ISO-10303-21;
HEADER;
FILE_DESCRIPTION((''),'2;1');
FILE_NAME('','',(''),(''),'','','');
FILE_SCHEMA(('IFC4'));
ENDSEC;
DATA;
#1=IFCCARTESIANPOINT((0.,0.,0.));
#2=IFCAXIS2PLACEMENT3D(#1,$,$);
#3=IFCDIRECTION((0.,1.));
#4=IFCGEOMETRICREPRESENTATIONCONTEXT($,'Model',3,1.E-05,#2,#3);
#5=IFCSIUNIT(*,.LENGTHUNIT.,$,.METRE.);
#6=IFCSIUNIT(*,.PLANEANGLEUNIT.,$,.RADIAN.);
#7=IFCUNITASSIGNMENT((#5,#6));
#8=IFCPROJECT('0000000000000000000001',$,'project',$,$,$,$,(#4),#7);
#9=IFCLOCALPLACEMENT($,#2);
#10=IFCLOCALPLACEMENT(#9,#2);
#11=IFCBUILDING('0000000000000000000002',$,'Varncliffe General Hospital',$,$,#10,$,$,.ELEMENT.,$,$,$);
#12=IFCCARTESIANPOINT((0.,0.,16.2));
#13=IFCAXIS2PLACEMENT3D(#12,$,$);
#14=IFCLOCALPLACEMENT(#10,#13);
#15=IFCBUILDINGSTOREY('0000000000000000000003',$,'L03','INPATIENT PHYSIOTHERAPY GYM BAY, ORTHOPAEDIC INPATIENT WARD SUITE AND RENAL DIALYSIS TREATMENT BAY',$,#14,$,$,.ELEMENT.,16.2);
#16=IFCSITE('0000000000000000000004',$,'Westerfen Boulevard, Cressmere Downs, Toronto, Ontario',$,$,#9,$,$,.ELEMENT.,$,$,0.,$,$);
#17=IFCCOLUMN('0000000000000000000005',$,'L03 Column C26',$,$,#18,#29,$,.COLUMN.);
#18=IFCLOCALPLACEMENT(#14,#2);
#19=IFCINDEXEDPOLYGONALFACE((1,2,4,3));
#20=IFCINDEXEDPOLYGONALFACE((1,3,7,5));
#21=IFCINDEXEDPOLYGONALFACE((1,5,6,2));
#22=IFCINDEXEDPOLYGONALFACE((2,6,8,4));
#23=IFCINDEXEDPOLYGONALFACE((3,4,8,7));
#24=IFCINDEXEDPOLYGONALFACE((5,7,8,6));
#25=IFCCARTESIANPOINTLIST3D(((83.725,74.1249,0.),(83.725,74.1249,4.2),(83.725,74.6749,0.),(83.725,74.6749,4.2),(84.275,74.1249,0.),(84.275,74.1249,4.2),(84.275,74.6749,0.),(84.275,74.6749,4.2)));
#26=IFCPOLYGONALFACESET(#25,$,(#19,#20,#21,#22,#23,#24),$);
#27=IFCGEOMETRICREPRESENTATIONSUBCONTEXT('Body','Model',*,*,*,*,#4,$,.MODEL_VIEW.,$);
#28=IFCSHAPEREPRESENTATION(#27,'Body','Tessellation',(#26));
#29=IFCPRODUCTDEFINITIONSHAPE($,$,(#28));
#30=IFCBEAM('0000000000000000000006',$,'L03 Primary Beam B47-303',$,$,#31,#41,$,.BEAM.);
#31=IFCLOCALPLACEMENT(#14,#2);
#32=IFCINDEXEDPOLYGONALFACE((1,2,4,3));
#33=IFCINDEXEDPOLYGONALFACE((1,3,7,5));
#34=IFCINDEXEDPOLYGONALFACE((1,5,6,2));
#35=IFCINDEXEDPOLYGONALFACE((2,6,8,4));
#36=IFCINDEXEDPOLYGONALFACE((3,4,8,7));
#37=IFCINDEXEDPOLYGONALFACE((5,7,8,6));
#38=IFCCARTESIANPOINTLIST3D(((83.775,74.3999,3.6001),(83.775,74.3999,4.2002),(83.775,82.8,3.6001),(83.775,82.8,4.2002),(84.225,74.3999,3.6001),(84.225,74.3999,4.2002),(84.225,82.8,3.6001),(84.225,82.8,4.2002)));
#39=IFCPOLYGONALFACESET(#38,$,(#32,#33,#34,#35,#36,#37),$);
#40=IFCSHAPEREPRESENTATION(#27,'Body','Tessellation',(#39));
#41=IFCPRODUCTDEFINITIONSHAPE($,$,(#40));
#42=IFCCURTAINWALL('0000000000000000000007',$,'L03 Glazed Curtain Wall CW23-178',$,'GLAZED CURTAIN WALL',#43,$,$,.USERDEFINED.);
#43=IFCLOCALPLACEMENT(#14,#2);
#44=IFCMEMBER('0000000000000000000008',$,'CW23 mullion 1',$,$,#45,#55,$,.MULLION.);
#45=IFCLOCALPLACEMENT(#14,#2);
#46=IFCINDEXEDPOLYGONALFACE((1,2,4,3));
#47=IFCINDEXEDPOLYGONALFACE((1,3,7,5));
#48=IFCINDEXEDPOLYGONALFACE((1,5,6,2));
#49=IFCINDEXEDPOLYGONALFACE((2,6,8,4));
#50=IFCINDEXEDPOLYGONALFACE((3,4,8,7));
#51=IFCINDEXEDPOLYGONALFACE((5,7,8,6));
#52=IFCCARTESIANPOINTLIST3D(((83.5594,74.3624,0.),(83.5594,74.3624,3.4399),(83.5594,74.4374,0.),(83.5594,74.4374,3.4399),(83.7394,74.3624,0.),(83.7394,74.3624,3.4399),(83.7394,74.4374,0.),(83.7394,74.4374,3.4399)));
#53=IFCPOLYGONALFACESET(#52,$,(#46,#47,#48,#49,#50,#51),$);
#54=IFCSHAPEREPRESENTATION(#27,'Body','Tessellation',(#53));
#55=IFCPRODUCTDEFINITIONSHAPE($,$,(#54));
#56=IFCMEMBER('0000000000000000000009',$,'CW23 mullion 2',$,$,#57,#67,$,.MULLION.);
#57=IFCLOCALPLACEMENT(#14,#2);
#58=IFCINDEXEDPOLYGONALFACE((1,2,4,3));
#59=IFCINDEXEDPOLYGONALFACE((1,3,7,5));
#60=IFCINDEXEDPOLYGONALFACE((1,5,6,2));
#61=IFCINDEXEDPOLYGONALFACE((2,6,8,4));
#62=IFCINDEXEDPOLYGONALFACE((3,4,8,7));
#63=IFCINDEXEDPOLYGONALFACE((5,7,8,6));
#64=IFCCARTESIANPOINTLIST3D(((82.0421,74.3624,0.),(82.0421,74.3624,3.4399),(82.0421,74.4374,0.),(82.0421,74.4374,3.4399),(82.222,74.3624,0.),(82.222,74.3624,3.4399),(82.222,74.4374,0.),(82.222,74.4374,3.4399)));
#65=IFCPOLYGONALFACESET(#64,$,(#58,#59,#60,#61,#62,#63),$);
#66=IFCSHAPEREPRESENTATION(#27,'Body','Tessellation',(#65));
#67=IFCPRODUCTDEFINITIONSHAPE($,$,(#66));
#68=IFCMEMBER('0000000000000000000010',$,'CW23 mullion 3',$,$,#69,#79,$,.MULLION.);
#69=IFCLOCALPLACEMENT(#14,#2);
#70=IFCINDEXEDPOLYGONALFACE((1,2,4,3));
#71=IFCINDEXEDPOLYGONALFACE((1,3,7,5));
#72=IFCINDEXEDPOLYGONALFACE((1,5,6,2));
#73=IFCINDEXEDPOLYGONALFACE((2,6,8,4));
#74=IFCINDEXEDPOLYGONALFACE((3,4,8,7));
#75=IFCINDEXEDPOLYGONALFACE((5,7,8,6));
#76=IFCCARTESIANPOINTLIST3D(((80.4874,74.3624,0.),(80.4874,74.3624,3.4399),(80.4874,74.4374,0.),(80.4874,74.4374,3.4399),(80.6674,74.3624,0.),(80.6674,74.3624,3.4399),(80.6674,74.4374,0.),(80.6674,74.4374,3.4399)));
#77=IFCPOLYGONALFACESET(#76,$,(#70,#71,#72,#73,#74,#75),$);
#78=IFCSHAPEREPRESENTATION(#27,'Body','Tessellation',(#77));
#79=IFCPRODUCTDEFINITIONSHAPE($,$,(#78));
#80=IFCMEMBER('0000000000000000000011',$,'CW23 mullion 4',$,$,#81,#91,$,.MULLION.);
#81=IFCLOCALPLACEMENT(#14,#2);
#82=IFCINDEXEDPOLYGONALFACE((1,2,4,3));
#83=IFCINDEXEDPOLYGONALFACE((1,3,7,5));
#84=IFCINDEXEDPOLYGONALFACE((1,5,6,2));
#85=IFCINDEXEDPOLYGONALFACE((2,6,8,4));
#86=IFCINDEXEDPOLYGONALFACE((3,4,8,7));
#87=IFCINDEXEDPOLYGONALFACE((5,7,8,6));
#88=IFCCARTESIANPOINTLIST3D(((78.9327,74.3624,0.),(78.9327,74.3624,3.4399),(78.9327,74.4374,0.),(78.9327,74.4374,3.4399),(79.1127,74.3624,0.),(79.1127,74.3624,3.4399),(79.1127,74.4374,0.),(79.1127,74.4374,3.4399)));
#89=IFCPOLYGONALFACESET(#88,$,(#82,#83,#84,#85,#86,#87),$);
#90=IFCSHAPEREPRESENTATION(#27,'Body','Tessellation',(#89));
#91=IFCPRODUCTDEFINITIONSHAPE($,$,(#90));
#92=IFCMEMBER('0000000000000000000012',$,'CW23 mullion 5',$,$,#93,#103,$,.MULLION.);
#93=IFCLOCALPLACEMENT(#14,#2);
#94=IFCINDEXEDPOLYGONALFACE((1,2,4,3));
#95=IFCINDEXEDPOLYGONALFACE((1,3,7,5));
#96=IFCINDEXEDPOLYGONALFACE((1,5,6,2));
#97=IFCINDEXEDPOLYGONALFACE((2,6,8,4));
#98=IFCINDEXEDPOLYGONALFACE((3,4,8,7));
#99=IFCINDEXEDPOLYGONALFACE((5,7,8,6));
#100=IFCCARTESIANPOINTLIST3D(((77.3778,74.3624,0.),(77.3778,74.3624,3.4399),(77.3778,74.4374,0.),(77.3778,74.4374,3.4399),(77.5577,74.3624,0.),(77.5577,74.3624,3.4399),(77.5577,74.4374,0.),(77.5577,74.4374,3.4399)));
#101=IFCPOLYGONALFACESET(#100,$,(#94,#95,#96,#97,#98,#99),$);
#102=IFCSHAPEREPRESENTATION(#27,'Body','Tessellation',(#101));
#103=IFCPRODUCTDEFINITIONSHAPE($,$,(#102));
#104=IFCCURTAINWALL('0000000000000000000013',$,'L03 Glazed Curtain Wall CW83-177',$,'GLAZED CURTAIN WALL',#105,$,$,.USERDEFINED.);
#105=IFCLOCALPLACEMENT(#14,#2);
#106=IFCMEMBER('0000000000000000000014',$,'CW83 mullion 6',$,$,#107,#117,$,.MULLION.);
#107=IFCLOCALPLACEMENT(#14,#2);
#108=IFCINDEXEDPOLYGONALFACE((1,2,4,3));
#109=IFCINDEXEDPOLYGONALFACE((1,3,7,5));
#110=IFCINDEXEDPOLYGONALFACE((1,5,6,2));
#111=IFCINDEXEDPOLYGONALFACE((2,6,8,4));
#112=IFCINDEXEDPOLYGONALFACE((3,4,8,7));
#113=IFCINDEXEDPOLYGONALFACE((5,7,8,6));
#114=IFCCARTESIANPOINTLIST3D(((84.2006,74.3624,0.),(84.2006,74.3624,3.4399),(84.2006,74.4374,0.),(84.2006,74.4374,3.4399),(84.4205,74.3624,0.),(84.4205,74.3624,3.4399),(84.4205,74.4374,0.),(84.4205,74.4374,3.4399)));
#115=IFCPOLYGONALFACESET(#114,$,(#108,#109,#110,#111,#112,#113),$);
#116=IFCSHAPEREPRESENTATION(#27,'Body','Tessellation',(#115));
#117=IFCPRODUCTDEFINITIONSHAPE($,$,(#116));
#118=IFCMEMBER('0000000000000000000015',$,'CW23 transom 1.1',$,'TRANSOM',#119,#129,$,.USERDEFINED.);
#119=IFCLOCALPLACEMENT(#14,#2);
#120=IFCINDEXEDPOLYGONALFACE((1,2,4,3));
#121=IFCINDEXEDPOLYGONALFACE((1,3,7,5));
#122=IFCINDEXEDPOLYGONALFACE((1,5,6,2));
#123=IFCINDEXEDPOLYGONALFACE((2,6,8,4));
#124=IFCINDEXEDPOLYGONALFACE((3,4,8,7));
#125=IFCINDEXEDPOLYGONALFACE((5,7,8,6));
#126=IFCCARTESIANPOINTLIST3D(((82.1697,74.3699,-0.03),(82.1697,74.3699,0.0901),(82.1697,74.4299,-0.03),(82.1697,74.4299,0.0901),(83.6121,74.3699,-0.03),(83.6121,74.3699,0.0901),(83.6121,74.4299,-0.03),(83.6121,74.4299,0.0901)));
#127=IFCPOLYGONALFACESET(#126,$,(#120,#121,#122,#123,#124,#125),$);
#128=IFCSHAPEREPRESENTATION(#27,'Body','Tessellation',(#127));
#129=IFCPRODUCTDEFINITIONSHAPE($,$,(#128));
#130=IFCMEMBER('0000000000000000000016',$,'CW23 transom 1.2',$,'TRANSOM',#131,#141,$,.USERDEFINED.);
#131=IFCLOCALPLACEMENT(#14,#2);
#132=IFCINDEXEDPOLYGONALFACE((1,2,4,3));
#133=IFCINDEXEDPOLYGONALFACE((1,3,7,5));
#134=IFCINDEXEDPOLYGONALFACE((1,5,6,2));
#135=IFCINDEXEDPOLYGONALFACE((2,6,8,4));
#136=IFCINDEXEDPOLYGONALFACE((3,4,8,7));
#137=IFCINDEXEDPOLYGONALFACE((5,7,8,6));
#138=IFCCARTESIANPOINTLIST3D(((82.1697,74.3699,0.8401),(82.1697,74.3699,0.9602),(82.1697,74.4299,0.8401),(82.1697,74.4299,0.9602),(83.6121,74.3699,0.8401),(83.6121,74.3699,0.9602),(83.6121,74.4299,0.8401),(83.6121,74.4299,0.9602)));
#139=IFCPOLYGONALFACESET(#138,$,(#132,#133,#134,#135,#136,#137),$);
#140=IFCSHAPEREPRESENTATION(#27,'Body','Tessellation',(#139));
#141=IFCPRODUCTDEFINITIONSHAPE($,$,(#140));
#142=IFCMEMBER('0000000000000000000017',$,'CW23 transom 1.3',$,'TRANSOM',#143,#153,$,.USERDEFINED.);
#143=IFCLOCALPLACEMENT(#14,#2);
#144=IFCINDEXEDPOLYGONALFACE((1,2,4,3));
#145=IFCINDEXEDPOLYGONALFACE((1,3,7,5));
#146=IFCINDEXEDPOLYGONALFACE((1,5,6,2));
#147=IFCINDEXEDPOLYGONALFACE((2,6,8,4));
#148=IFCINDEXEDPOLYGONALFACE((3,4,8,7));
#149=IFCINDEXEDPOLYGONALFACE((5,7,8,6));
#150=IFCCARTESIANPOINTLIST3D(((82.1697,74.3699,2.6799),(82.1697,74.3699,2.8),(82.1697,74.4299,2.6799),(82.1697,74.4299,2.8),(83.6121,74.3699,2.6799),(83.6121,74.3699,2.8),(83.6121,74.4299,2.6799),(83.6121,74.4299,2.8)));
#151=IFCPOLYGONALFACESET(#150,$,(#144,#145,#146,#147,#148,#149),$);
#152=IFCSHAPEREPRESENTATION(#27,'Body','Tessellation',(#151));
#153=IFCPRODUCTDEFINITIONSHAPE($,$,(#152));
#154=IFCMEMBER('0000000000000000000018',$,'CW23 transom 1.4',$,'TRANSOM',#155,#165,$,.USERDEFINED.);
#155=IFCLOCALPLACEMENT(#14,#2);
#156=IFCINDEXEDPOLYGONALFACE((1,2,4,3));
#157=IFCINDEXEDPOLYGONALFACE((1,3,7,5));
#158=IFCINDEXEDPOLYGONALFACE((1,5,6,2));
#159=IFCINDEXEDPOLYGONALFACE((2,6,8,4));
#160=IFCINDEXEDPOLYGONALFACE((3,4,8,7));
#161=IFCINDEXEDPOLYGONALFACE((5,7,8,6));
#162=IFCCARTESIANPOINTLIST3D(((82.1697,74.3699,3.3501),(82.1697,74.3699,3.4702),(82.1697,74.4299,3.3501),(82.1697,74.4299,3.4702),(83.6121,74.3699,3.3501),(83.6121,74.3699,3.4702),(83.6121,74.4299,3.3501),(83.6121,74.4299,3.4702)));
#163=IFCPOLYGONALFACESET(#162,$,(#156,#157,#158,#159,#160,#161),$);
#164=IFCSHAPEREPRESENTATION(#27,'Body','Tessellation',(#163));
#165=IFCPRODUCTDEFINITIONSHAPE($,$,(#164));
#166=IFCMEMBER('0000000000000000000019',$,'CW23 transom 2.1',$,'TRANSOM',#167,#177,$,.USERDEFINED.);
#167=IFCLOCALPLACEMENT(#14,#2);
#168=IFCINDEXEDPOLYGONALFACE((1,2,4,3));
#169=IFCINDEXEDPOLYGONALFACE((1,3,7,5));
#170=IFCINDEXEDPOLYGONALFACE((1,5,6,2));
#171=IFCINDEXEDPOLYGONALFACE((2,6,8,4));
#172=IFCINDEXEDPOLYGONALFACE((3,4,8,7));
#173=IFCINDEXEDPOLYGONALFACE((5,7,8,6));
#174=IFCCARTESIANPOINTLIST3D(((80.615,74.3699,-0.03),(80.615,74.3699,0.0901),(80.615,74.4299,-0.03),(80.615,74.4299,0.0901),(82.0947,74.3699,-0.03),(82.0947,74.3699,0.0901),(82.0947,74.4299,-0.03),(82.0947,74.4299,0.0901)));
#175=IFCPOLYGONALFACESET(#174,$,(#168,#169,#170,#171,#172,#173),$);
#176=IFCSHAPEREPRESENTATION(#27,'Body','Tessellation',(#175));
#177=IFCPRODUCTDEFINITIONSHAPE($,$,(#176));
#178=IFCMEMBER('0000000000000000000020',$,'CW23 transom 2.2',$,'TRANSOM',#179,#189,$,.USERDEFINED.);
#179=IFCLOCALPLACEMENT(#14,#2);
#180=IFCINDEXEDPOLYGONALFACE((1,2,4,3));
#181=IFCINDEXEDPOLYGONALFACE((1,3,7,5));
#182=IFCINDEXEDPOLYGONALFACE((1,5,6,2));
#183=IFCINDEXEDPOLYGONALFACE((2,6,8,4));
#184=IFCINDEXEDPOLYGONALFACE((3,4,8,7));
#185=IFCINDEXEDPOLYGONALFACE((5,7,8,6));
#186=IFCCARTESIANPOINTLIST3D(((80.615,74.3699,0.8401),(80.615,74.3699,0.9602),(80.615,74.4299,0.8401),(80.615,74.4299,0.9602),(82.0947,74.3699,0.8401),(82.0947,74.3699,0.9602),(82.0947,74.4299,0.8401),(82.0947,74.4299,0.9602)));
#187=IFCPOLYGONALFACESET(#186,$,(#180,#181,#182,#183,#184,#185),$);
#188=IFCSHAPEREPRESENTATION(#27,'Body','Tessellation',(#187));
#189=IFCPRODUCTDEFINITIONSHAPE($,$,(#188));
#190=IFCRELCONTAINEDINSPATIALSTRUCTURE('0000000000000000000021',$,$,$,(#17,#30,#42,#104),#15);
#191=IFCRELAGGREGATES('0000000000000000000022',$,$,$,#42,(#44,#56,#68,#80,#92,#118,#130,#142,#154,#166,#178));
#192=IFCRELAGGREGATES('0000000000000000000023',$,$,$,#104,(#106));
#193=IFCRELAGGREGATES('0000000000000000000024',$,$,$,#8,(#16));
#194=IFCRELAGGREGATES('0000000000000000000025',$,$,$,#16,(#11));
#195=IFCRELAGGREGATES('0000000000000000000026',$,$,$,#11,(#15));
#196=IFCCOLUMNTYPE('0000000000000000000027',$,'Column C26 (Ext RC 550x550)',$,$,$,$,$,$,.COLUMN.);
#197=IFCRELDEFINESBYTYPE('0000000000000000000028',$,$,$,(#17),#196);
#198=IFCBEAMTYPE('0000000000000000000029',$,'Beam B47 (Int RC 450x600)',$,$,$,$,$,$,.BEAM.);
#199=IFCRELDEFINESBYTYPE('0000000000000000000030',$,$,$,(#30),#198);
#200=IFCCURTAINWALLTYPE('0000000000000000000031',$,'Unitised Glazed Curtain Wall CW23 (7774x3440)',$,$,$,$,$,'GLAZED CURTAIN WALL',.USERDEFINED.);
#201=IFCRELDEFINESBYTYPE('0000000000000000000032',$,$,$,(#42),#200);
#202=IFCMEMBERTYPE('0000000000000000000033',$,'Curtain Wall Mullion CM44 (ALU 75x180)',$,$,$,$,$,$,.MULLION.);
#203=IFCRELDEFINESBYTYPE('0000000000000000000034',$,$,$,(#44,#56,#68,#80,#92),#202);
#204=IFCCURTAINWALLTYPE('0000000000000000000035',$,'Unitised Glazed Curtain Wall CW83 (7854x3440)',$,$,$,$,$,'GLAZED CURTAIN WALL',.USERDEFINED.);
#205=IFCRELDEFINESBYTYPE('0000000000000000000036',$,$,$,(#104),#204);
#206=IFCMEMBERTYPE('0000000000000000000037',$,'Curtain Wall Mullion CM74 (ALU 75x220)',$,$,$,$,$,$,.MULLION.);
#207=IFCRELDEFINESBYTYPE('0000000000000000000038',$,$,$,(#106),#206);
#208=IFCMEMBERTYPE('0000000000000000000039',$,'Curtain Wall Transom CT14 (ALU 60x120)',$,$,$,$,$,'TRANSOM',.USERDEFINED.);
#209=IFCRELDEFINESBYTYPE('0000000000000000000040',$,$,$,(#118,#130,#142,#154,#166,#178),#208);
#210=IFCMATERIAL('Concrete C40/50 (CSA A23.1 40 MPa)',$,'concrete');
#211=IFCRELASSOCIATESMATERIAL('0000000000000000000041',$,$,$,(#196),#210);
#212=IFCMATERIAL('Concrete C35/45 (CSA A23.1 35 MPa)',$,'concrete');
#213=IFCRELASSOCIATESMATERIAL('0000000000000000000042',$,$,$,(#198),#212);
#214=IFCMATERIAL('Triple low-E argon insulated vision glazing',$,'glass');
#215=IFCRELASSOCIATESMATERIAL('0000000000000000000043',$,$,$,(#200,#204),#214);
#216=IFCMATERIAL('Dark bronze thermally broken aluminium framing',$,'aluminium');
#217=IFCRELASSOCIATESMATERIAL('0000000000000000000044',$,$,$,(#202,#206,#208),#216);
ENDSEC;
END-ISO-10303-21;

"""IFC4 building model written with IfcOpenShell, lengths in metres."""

from ifc_helpers import new_model, si_unit, direction, frame, origin, origin_2d, place, context, subcontext, project, spatial, rectangle, extrude, material, material_profile, profile_set, type_object, element, aggregate, save


model = new_model("IFC4")

# Units and contexts
model_context = context("Model", 3, precision=1e-05, world=origin(), true_north=direction((0.0, 1.0)))
body_context = subcontext(model_context, "Body", "Model", "MODEL_VIEW")
ifc_project = project(units=[si_unit("LENGTHUNIT", "METRE"), si_unit("PLANEANGLEUNIT", "RADIAN")], contexts=[model_context])

# Site, building, storey
site_placement = place(None, origin())
site = spatial("IfcSite", under=ifc_project, at=site_placement, Name="Westerfen Boulevard, Cressmere Downs, Toronto, Ontario", CompositionType="ELEMENT", RefElevation=0.0)
building_placement = place(site_placement, origin())
building = spatial("IfcBuilding", under=site, at=building_placement, Name="Varncliffe General Hospital", CompositionType="ELEMENT")
storey_placement = place(building_placement, frame((0.0, 0.0, 16.2)))
storey = spatial("IfcBuildingStorey", under=building, at=storey_placement, Name="L03", Description="INPATIENT PHYSIOTHERAPY GYM BAY, ORTHOPAEDIC INPATIENT WARD SUITE AND RENAL DIALYSIS TREATMENT BAY", CompositionType="ELEMENT", Elevation=16.2)

# Column
ifc_material_1 = material(Name="Concrete C40/50 (CSA A23.1 40 MPa)", Category="concrete")
ifc_material_profile_1 = material_profile(ifc_material_1, rectangle(XDim=0.55, YDim=0.55, at=origin_2d()), Name="RC 550x550")
ifc_profile_set_1 = profile_set([ifc_material_profile_1], Name="Concrete C40/50 (CSA A23.1 40 MPa)")
column_type = type_object("IfcColumnType", Name="Column C26 (Ext RC 550x550)", PredefinedType="COLUMN", material=ifc_profile_set_1)
column_placement = place(storey_placement, frame((84.0, 74.3999, 0.0), z_axis=(0.0, 0.0, 1.0), x_axis=(1.0, 0.0, 0.0)))
element("IfcColumn", 1, at=column_placement, inside=storey, type_object=column_type, Name="L03 Column C26", PredefinedType="COLUMN", context=body_context, shape_type="SweptSolid", body=[
    extrude(rectangle(XDim=0.55, YDim=0.55, at=origin_2d()), origin(), (0.0, 0.0, 1.0), 4.2),
])

# Beam
ifc_material_2 = material(Name="Concrete C35/45 (CSA A23.1 35 MPa)", Category="concrete")
ifc_material_profile_2 = material_profile(ifc_material_2, rectangle(XDim=0.45, YDim=0.6001, at=origin_2d()), Name="RC 450x600")
ifc_profile_set_2 = profile_set([ifc_material_profile_2], Name="Concrete C35/45 (CSA A23.1 35 MPa)")
beam_type_1 = type_object("IfcBeamType", Name="Beam B47 (Int RC 450x600)", PredefinedType="BEAM", material=ifc_profile_set_2)
beam_1_placement = place(storey_placement, frame((84.0, 74.3999, 3.9001), z_axis=(0.0, 1.0, 0.0), x_axis=(-1.0, 0.0, 0.0)))
element("IfcBeam", 2, at=beam_1_placement, inside=storey, type_object=beam_type_1, Name="L03 Primary Beam B47-303", PredefinedType="BEAM", context=body_context, shape_type="SweptSolid", body=[
    extrude(rectangle(XDim=0.45, YDim=0.6001, at=origin_2d()), origin(), (0.0, 0.0, 1.0), 8.4001),
])

# Curtain wall, members
ifc_material_3 = material(Name="Triple low-E argon insulated vision glazing", Category="glass")
curtain_wall_type_1 = type_object("IfcCurtainWallType", Name="Unitised Glazed Curtain Wall CW23 (7774x3440)", ElementType="GLAZED CURTAIN WALL", PredefinedType="USERDEFINED", material=ifc_material_3)
curtain_wall_1_placement = place(storey_placement, origin())
curtain_wall_1 = element("IfcCurtainWall", 3, at=curtain_wall_1_placement, inside=storey, type_object=curtain_wall_type_1, Name="L03 Glazed Curtain Wall CW23-178", ObjectType="GLAZED CURTAIN WALL", PredefinedType="USERDEFINED")
ifc_material_4 = material(Name="Dark bronze thermally broken aluminium framing", Category="aluminium")
ifc_material_profile_3 = material_profile(ifc_material_4, rectangle(XDim=0.075, YDim=0.1799, at=origin_2d()), Name="ALU 75x180")
ifc_profile_set_3 = profile_set([ifc_material_profile_3], Name="Dark bronze thermally broken aluminium framing")
member_type_1 = type_object("IfcMemberType", Name="Curtain Wall Mullion CM44 (ALU 75x180)", PredefinedType="MULLION", material=ifc_profile_set_3)
member_1_placement = place(storey_placement, frame((83.6494, 74.3999, 0.0), z_axis=(0.0, 0.0, 1.0), x_axis=(0.0, -1.0, 0.0)))
member_1 = element("IfcMember", 4, at=member_1_placement, type_object=member_type_1, Name="CW23 mullion 1", PredefinedType="MULLION", context=body_context, shape_type="SweptSolid", body=[
    extrude(rectangle(XDim=0.075, YDim=0.1799, at=origin_2d()), origin(), (0.0, 0.0, 1.0), 3.4399),
])
member_2_placement = place(storey_placement, frame((82.1321, 74.3999, 0.0), z_axis=(0.0, 0.0, 1.0), x_axis=(0.0, -1.0, 0.0)))
member_2 = element("IfcMember", 5, at=member_2_placement, type_object=member_type_1, Name="CW23 mullion 2", PredefinedType="MULLION", context=body_context, shape_type="SweptSolid", body=[
    extrude(rectangle(XDim=0.075, YDim=0.1799, at=origin_2d()), origin(), (0.0, 0.0, 1.0), 3.4399),
])
member_3_placement = place(storey_placement, frame((80.5774, 74.3999, 0.0), z_axis=(0.0, 0.0, 1.0), x_axis=(0.0, -1.0, 0.0)))
member_3 = element("IfcMember", 6, at=member_3_placement, type_object=member_type_1, Name="CW23 mullion 3", PredefinedType="MULLION", context=body_context, shape_type="SweptSolid", body=[
    extrude(rectangle(XDim=0.075, YDim=0.1799, at=origin_2d()), origin(), (0.0, 0.0, 1.0), 3.4399),
])
member_4_placement = place(storey_placement, frame((79.0227, 74.3999, 0.0), z_axis=(0.0, 0.0, 1.0), x_axis=(0.0, -1.0, 0.0)))
member_4 = element("IfcMember", 7, at=member_4_placement, type_object=member_type_1, Name="CW23 mullion 4", PredefinedType="MULLION", context=body_context, shape_type="SweptSolid", body=[
    extrude(rectangle(XDim=0.075, YDim=0.1799, at=origin_2d()), origin(), (0.0, 0.0, 1.0), 3.4399),
])
member_5_placement = place(storey_placement, frame((77.4678, 74.3999, 0.0), z_axis=(0.0, 0.0, 1.0), x_axis=(0.0, -1.0, 0.0)))
member_5 = element("IfcMember", 8, at=member_5_placement, type_object=member_type_1, Name="CW23 mullion 5", PredefinedType="MULLION", context=body_context, shape_type="SweptSolid", body=[
    extrude(rectangle(XDim=0.075, YDim=0.1799, at=origin_2d()), origin(), (0.0, 0.0, 1.0), 3.4399),
])

# Curtain wall, member
curtain_wall_type_2 = type_object("IfcCurtainWallType", Name="Unitised Glazed Curtain Wall CW83 (7854x3440)", ElementType="GLAZED CURTAIN WALL", PredefinedType="USERDEFINED", material=ifc_material_3)
curtain_wall_2_placement = place(storey_placement, origin())
curtain_wall_2 = element("IfcCurtainWall", 9, at=curtain_wall_2_placement, inside=storey, type_object=curtain_wall_type_2, Name="L03 Glazed Curtain Wall CW83-177", ObjectType="GLAZED CURTAIN WALL", PredefinedType="USERDEFINED")
ifc_material_profile_4 = material_profile(ifc_material_4, rectangle(XDim=0.075, YDim=0.22, at=origin_2d()), Name="ALU 75x220")
ifc_profile_set_4 = profile_set([ifc_material_profile_4], Name="Dark bronze thermally broken aluminium framing")
member_type_2 = type_object("IfcMemberType", Name="Curtain Wall Mullion CM74 (ALU 75x220)", PredefinedType="MULLION", material=ifc_profile_set_4)
member_6_placement = place(storey_placement, frame((84.3105, 74.3999, 0.0), z_axis=(0.0, 0.0, 1.0), x_axis=(0.0, -1.0, 0.0)))
member_6 = element("IfcMember", 10, at=member_6_placement, type_object=member_type_2, Name="CW83 mullion 6", PredefinedType="MULLION", context=body_context, shape_type="SweptSolid", body=[
    extrude(rectangle(XDim=0.075, YDim=0.22, at=origin_2d()), origin(), (0.0, 0.0, 1.0), 3.4399),
])

# Members
ifc_material_profile_5 = material_profile(ifc_material_4, rectangle(XDim=0.0601, YDim=0.1201, at=origin_2d()), Name="ALU 60x120")
ifc_profile_set_5 = profile_set([ifc_material_profile_5], Name="Dark bronze thermally broken aluminium framing")
member_type_3 = type_object("IfcMemberType", Name="Curtain Wall Transom CT14 (ALU 60x120)", ElementType="TRANSOM", PredefinedType="USERDEFINED", material=ifc_profile_set_5)
member_7_placement = place(storey_placement, frame((83.6121, 74.3999, 0.03), z_axis=(-1.0, 0.0, 0.0), x_axis=(0.0, -1.0, 0.0)))
member_7 = element("IfcMember", 11, at=member_7_placement, type_object=member_type_3, Name="CW23 transom 1.1", ObjectType="TRANSOM", PredefinedType="USERDEFINED", context=body_context, shape_type="SweptSolid", body=[
    extrude(rectangle(XDim=0.0601, YDim=0.1201, at=origin_2d()), origin(), (0.0, 0.0, 1.0), 1.4424),
])
member_8_placement = place(storey_placement, frame((83.6121, 74.3999, 0.9001), z_axis=(-1.0, 0.0, 0.0), x_axis=(0.0, -1.0, 0.0)))
member_8 = element("IfcMember", 12, at=member_8_placement, type_object=member_type_3, Name="CW23 transom 1.2", ObjectType="TRANSOM", PredefinedType="USERDEFINED", context=body_context, shape_type="SweptSolid", body=[
    extrude(rectangle(XDim=0.0601, YDim=0.1201, at=origin_2d()), origin(), (0.0, 0.0, 1.0), 1.4424),
])
member_9_placement = place(storey_placement, frame((83.6121, 74.3999, 2.74), z_axis=(-1.0, 0.0, 0.0), x_axis=(0.0, -1.0, 0.0)))
member_9 = element("IfcMember", 13, at=member_9_placement, type_object=member_type_3, Name="CW23 transom 1.3", ObjectType="TRANSOM", PredefinedType="USERDEFINED", context=body_context, shape_type="SweptSolid", body=[
    extrude(rectangle(XDim=0.0601, YDim=0.1201, at=origin_2d()), origin(), (0.0, 0.0, 1.0), 1.4424),
])
member_10_placement = place(storey_placement, frame((83.6121, 74.3999, 3.4102), z_axis=(-1.0, 0.0, 0.0), x_axis=(0.0, -1.0, 0.0)))
member_10 = element("IfcMember", 14, at=member_10_placement, type_object=member_type_3, Name="CW23 transom 1.4", ObjectType="TRANSOM", PredefinedType="USERDEFINED", context=body_context, shape_type="SweptSolid", body=[
    extrude(rectangle(XDim=0.0601, YDim=0.1201, at=origin_2d()), origin(), (0.0, 0.0, 1.0), 1.4424),
])
member_11_placement = place(storey_placement, frame((82.0947, 74.3999, 0.03), z_axis=(-1.0, 0.0, 0.0), x_axis=(0.0, -1.0, 0.0)))
member_11 = element("IfcMember", 15, at=member_11_placement, type_object=member_type_3, Name="CW23 transom 2.1", ObjectType="TRANSOM", PredefinedType="USERDEFINED", context=body_context, shape_type="SweptSolid", body=[
    extrude(rectangle(XDim=0.0601, YDim=0.1201, at=origin_2d()), origin(), (0.0, 0.0, 1.0), 1.4797),
])
member_12_placement = place(storey_placement, frame((82.0947, 74.3999, 0.9001), z_axis=(-1.0, 0.0, 0.0), x_axis=(0.0, -1.0, 0.0)))
member_12 = element("IfcMember", 16, at=member_12_placement, type_object=member_type_3, Name="CW23 transom 2.2", ObjectType="TRANSOM", PredefinedType="USERDEFINED", context=body_context, shape_type="SweptSolid", body=[
    extrude(rectangle(XDim=0.0601, YDim=0.1201, at=origin_2d()), origin(), (0.0, 0.0, 1.0), 1.4797),
])

aggregate(curtain_wall_1, [member_1, member_2, member_3, member_4, member_5, member_7, member_8, member_9, member_10, member_11, member_12])
aggregate(curtain_wall_2, [member_6])

save(model, "model.ifc")
